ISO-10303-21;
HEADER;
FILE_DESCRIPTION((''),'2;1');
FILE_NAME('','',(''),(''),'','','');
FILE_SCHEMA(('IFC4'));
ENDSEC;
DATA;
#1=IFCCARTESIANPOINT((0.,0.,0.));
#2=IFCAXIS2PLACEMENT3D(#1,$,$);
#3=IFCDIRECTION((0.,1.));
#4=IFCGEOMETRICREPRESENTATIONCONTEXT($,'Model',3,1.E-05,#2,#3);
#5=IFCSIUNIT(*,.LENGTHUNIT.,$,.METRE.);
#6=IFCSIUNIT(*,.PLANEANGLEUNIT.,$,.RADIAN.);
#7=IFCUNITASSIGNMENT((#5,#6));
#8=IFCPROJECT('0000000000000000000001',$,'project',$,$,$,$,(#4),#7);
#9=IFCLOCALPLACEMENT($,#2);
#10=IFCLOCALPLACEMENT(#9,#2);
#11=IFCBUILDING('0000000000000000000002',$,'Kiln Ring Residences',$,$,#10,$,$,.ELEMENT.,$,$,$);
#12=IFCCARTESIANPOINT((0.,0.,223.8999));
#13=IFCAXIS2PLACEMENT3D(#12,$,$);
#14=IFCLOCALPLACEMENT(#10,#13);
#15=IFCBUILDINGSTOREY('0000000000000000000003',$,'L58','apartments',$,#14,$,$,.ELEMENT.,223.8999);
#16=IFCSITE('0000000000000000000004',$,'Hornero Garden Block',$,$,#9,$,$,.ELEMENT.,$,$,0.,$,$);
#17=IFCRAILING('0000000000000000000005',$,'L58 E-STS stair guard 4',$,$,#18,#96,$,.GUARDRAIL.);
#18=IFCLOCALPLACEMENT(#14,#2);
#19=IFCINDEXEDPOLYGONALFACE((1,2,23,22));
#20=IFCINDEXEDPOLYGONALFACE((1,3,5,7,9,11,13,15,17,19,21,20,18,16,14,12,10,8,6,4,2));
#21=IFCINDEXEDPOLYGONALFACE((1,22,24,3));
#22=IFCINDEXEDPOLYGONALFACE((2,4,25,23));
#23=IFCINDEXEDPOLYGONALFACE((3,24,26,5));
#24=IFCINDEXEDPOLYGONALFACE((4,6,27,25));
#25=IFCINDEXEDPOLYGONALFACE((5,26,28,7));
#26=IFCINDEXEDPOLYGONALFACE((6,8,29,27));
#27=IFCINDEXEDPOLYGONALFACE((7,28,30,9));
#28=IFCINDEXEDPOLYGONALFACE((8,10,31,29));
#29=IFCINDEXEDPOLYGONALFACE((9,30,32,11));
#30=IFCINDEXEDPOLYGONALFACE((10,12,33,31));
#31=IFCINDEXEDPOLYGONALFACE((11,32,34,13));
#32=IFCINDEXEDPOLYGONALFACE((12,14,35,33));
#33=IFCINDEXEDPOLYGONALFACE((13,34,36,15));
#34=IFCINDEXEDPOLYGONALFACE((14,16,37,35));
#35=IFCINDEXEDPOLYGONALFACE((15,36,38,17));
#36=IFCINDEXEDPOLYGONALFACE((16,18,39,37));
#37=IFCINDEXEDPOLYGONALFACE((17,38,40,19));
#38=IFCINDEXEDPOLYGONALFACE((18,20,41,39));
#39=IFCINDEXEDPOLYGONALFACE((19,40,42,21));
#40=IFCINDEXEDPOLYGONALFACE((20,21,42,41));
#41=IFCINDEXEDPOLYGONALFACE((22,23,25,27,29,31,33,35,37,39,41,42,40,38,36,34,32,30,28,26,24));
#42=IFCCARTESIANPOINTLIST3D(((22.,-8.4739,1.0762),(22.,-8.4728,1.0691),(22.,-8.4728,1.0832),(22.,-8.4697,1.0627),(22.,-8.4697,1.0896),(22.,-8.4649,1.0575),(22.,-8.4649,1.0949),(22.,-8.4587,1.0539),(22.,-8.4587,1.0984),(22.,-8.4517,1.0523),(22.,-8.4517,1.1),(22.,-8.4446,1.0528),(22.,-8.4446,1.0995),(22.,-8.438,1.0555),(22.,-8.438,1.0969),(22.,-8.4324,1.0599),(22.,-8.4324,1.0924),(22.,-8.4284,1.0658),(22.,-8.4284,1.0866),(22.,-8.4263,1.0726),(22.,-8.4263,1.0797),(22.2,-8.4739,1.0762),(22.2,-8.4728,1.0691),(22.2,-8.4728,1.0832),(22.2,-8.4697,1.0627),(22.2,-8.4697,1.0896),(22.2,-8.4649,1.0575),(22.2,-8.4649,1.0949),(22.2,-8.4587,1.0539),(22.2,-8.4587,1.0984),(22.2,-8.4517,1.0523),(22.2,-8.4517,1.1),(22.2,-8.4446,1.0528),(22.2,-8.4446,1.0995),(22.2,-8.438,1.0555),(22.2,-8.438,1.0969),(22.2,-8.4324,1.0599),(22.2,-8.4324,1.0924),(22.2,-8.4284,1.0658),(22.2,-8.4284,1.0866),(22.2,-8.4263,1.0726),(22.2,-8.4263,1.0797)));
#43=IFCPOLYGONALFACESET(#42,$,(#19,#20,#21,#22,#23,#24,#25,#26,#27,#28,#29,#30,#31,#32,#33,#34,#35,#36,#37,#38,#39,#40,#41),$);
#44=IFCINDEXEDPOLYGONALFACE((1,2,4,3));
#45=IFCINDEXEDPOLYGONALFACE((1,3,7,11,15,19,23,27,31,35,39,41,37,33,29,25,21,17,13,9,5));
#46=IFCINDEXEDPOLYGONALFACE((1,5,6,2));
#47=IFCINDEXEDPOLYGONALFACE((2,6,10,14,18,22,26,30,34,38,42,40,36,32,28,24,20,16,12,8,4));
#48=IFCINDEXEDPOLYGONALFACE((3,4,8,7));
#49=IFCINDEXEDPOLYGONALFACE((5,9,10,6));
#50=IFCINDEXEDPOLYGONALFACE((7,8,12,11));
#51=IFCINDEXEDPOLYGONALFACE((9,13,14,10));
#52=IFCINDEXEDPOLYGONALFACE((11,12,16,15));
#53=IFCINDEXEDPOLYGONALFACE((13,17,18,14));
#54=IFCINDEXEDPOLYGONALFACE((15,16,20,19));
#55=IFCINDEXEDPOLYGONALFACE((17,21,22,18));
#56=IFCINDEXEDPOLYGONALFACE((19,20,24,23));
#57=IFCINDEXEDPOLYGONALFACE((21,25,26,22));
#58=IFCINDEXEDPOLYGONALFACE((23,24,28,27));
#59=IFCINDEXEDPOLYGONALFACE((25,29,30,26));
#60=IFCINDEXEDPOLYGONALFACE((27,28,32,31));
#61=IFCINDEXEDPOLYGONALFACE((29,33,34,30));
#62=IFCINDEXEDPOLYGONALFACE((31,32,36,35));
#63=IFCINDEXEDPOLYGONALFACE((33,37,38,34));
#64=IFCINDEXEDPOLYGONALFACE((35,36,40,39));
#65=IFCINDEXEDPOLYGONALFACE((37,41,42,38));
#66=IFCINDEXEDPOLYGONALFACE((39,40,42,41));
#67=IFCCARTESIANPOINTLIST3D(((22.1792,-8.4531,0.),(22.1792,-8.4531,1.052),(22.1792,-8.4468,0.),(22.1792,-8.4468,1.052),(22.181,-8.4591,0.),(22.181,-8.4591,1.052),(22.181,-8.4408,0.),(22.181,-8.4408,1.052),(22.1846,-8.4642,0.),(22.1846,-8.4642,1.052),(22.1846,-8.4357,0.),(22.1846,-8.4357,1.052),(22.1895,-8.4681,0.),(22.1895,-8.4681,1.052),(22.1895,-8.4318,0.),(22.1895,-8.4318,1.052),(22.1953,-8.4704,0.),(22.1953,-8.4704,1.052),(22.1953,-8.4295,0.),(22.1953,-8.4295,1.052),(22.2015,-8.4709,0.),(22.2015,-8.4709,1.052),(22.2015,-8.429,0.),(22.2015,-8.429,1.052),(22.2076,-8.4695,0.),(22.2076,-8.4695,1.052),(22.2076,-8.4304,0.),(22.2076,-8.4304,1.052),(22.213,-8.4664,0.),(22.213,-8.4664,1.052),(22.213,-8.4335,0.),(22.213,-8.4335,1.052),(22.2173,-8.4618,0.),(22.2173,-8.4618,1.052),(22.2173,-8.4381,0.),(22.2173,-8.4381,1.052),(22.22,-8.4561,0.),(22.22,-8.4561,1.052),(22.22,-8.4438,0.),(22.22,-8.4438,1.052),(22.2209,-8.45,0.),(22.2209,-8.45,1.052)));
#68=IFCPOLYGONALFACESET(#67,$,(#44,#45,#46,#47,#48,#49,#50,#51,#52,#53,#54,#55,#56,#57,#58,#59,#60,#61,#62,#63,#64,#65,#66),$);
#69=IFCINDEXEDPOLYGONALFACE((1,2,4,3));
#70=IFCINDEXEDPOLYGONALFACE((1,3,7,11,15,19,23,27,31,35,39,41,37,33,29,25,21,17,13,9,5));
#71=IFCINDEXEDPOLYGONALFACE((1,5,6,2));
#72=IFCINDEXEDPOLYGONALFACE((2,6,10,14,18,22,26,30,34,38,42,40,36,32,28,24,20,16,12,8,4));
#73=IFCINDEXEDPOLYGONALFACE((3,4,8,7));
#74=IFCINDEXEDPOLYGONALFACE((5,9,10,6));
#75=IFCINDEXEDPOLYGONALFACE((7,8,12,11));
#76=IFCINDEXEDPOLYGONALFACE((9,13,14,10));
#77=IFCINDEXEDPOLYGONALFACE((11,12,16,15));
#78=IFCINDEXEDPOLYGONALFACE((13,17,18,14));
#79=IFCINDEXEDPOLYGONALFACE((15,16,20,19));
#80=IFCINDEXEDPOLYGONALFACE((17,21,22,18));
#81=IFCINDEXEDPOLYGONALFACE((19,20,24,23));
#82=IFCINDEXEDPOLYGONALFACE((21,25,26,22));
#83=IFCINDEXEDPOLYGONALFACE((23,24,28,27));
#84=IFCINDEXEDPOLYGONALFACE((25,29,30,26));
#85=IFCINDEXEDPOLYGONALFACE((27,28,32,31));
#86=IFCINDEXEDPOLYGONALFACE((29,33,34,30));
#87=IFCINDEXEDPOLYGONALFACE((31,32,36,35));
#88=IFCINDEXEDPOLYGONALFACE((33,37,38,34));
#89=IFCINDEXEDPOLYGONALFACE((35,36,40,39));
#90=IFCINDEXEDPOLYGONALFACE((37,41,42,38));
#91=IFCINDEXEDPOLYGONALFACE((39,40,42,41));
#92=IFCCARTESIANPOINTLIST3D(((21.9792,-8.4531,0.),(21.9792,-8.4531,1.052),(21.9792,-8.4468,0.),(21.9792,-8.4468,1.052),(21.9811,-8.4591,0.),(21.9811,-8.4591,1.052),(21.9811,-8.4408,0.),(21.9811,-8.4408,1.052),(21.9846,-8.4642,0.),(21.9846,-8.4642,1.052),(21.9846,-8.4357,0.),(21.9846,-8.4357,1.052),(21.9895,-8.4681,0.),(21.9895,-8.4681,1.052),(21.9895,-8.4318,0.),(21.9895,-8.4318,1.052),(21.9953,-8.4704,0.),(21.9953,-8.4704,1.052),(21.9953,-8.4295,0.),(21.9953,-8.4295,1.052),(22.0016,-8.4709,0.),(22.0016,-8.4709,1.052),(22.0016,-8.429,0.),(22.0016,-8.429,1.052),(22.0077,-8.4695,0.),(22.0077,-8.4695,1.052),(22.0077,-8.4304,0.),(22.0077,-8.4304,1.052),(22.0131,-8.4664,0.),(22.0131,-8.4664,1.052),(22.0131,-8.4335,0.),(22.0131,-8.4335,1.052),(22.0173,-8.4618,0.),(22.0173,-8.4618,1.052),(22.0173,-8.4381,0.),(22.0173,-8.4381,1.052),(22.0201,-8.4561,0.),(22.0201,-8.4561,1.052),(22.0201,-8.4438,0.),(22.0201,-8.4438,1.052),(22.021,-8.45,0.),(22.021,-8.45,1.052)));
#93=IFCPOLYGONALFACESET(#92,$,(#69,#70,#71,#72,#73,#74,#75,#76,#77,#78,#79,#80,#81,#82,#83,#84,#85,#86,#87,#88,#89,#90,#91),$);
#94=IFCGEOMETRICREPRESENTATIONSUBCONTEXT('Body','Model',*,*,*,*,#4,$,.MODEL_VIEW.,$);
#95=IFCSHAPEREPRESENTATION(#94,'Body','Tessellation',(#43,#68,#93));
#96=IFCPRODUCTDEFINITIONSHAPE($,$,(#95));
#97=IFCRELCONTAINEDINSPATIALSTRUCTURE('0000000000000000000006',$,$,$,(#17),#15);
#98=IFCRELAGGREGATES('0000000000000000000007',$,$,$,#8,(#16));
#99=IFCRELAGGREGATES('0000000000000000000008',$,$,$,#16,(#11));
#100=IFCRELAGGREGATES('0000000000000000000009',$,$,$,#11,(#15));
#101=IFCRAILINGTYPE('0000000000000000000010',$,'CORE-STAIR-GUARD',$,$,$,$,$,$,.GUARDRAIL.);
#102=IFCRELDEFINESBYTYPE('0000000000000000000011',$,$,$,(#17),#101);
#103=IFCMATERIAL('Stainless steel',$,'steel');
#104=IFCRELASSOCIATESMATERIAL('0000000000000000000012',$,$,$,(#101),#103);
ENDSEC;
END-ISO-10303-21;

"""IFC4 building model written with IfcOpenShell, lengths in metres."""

from ifc_helpers import new_model, si_unit, direction, frame, origin, origin_2d, place, context, subcontext, project, spatial, circle, extrude, material, type_object, element, save


model = new_model("IFC4")

# Units and contexts
model_context = context("Model", 3, precision=1e-05, world=origin(), true_north=direction((0.0, 1.0)))
body_context = subcontext(model_context, "Body", "Model", "MODEL_VIEW")
ifc_project = project(units=[si_unit("LENGTHUNIT", "METRE"), si_unit("PLANEANGLEUNIT", "RADIAN")], contexts=[model_context])

# Site, building, storey
site_placement = place(None, origin())
site = spatial("IfcSite", under=ifc_project, at=site_placement, Name="Hornero Garden Block", CompositionType="ELEMENT", RefElevation=0.0)
building_placement = place(site_placement, origin())
building = spatial("IfcBuilding", under=site, at=building_placement, Name="Kiln Ring Residences", CompositionType="ELEMENT")
storey_placement = place(building_placement, frame((0.0, 0.0, 223.8999)))
storey = spatial("IfcBuildingStorey", under=building, at=storey_placement, Name="L58", Description="apartments", CompositionType="ELEMENT", Elevation=223.8999)

# Railing
ifc_material_1 = material(Name="Stainless steel", Category="steel")
railing_type_1 = type_object("IfcRailingType", Name="CORE-STAIR-GUARD", PredefinedType="GUARDRAIL", material=ifc_material_1)
railing_1_placement = place(storey_placement, frame((22.2, -8.45, 0.0)))
element("IfcRailing", 1, at=railing_1_placement, inside=storey, type_object=railing_type_1, Name="L58 E-STS stair guard 4", PredefinedType="GUARDRAIL", context=body_context, shape_type="SweptSolid", body=[
    extrude(circle(Radius=0.0239, at=origin_2d()), frame((0.0, 0.0, 1.0762), z_axis=(-1.0, 0.0, 0.0), x_axis=(0.0, -1.0, 0.0)), (0.0, 0.0, 1.0), 0.2),
    extrude(circle(Radius=0.021, at=origin_2d()), origin(), (0.0, 0.0, 1.0), 1.052),
    extrude(circle(Radius=0.021, at=origin_2d()), frame((-0.2, 0.0, 0.0)), (0.0, 0.0, 1.0), 1.052),
])

save(model, "model.ifc")
